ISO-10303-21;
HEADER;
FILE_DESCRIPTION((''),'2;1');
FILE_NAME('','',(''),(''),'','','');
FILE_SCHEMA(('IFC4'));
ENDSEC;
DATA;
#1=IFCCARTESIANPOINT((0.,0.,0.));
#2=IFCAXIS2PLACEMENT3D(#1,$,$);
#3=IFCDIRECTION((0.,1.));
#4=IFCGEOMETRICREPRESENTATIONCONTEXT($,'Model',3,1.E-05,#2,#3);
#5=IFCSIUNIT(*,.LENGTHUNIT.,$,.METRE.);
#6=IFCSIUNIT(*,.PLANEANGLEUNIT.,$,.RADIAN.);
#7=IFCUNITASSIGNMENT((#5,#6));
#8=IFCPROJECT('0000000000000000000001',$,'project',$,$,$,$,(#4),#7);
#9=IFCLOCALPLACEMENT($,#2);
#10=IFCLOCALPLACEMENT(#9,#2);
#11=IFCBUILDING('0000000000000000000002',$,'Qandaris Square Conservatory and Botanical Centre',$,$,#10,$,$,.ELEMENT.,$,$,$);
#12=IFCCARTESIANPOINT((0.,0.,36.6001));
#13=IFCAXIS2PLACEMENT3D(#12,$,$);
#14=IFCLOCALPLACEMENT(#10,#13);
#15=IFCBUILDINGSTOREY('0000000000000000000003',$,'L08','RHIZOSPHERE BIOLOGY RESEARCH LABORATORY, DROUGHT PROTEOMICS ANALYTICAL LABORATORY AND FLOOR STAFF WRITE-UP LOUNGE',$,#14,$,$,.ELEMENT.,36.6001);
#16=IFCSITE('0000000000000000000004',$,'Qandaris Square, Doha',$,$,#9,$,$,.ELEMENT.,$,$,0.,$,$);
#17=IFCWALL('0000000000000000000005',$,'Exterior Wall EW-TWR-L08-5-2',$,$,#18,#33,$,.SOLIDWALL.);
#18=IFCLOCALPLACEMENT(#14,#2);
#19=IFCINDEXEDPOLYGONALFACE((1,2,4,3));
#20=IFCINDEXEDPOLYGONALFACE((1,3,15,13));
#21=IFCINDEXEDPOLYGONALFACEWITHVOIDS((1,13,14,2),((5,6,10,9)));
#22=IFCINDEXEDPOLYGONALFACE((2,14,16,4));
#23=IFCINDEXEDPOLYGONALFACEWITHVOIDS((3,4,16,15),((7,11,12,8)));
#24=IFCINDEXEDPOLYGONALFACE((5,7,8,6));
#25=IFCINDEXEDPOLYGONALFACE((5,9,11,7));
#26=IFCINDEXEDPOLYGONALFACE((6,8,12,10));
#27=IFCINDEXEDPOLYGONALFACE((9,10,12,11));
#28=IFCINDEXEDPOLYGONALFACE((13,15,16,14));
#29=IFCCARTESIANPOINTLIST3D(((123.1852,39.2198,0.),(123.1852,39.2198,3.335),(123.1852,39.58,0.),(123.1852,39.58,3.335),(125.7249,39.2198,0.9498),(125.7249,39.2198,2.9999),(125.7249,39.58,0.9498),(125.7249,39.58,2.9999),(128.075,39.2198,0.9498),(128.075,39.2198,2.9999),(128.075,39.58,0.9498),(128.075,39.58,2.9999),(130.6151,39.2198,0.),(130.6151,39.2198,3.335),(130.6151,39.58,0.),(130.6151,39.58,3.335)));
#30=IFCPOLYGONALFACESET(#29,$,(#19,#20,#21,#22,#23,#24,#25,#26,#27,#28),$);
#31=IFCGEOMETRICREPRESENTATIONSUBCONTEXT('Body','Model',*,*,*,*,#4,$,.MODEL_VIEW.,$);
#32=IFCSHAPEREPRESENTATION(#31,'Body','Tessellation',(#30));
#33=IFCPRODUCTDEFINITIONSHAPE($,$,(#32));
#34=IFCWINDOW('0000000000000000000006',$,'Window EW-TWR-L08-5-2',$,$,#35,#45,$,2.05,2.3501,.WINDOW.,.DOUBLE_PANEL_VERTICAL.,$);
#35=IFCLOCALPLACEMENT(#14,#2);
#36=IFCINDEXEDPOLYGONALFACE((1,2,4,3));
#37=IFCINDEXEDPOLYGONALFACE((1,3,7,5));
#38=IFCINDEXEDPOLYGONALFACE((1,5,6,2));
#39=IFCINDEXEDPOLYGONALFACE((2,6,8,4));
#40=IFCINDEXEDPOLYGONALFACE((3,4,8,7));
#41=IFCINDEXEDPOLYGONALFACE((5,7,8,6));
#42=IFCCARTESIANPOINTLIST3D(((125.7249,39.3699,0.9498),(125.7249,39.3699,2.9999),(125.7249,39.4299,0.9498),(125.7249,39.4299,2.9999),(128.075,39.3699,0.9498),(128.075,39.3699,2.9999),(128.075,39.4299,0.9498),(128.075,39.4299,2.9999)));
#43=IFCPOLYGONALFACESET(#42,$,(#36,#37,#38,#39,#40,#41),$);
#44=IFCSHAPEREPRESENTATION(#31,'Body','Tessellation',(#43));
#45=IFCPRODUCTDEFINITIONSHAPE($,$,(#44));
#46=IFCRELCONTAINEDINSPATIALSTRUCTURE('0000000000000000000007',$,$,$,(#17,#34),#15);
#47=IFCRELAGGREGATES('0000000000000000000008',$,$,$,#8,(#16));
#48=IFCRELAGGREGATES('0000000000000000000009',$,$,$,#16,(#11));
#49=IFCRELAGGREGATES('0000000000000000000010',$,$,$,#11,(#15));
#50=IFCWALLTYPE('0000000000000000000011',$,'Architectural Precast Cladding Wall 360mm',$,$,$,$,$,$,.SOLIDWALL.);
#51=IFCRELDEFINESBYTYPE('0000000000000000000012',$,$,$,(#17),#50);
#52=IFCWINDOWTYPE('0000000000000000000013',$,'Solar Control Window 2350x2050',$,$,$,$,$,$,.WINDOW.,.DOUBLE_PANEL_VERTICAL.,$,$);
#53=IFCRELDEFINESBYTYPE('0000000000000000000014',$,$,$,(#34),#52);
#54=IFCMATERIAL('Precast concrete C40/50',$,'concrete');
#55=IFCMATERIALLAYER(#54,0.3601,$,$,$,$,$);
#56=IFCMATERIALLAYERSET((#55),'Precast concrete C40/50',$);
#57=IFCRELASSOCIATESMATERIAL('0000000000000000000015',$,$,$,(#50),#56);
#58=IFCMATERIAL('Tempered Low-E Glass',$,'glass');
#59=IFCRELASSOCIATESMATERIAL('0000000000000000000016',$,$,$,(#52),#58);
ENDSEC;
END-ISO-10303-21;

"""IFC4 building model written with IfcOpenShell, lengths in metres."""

from ifc_helpers import new_model, si_unit, direction, frame, frame_2d, origin, place, context, subcontext, project, spatial, rectangle, extrude, material, layer, layer_set, type_object, element, fill, save


model = new_model("IFC4")

# Units and contexts
model_context = context("Model", 3, precision=1e-05, world=origin(), true_north=direction((0.0, 1.0)))
body_context = subcontext(model_context, "Body", "Model", "MODEL_VIEW")
ifc_project = project(units=[si_unit("LENGTHUNIT", "METRE"), si_unit("PLANEANGLEUNIT", "RADIAN")], contexts=[model_context])

# Site, building, storey
site_placement = place(None, origin())
site = spatial("IfcSite", under=ifc_project, at=site_placement, Name="Qandaris Square, Doha", CompositionType="ELEMENT", RefElevation=0.0)
building_placement = place(site_placement, origin())
building = spatial("IfcBuilding", under=site, at=building_placement, Name="Qandaris Square Conservatory and Botanical Centre", CompositionType="ELEMENT")
storey_placement = place(building_placement, frame((0.0, 0.0, 36.6001)))
storey = spatial("IfcBuildingStorey", under=building, at=storey_placement, Name="L08", Description="RHIZOSPHERE BIOLOGY RESEARCH LABORATORY, DROUGHT PROTEOMICS ANALYTICAL LABORATORY AND FLOOR STAFF WRITE-UP LOUNGE", CompositionType="ELEMENT", Elevation=36.6001)

# Shared definitions
ifc_material_1 = material(Name="Tempered Low-E Glass", Category="glass")

# Wall, opening, window
ifc_material_2 = material(Name="Precast concrete C40/50", Category="concrete")
ifc_layer_1 = layer(ifc_material_2, 0.3601)
ifc_layer_set_1 = layer_set([ifc_layer_1], Name="Precast concrete C40/50")
wall_type = type_object("IfcWallType", Name="Architectural Precast Cladding Wall 360mm", PredefinedType="SOLIDWALL", material=ifc_layer_set_1)
wall_placement = place(storey_placement, frame((130.615, 39.3999, 0.0), z_axis=(0.0, 0.0, 1.0), x_axis=(-1.0, 0.0, 0.0)))
wall = element("IfcWall", 1, at=wall_placement, inside=storey, type_object=wall_type, Name="Exterior Wall EW-TWR-L08-5-2", PredefinedType="SOLIDWALL", context=body_context, shape_type="SweptSolid", body=[
    extrude(rectangle(XDim=7.4299, YDim=0.3601, at=frame_2d((3.7148, 0.0))), origin(), (0.0, 0.0, 1.0), 3.335),
])
opening_placement = place(wall_placement, frame((2.54, 0.0, 0.95)))
opening = element("IfcOpeningElement", 2, at=opening_placement, cuts=wall, PredefinedType="OPENING", context=body_context, shape_type="SweptSolid", body=[
    extrude(rectangle(XDim=2.3501, YDim=2.05, at=frame_2d((1.175, 1.0249))), frame((0.0, 0.1919, 0.0), z_axis=(0.0, -1.0, 0.0), x_axis=(1.0, 0.0, 0.0)), (0.0, 0.0, 1.0), 0.384),
])
window_type = type_object("IfcWindowType", Name="Solar Control Window 2350x2050", PartitioningType="DOUBLE_PANEL_VERTICAL", PredefinedType="WINDOW", material=ifc_material_1)
window_placement = place(opening_placement, origin())
window = element("IfcWindow", 3, at=window_placement, inside=storey, type_object=window_type, Name="Window EW-TWR-L08-5-2", OverallHeight=2.05, OverallWidth=2.3501, PartitioningType="DOUBLE_PANEL_VERTICAL", PredefinedType="WINDOW", context=body_context, shape_type="SweptSolid", body=[
    extrude(rectangle(XDim=2.3501, YDim=2.05, at=frame_2d((1.175, 1.0249))), frame((0.0, 0.03, 0.0), z_axis=(0.0, -1.0, 0.0), x_axis=(1.0, 0.0, 0.0)), (0.0, 0.0, 1.0), 0.0601),
])
fill(opening, window)

save(model, "model.ifc")
